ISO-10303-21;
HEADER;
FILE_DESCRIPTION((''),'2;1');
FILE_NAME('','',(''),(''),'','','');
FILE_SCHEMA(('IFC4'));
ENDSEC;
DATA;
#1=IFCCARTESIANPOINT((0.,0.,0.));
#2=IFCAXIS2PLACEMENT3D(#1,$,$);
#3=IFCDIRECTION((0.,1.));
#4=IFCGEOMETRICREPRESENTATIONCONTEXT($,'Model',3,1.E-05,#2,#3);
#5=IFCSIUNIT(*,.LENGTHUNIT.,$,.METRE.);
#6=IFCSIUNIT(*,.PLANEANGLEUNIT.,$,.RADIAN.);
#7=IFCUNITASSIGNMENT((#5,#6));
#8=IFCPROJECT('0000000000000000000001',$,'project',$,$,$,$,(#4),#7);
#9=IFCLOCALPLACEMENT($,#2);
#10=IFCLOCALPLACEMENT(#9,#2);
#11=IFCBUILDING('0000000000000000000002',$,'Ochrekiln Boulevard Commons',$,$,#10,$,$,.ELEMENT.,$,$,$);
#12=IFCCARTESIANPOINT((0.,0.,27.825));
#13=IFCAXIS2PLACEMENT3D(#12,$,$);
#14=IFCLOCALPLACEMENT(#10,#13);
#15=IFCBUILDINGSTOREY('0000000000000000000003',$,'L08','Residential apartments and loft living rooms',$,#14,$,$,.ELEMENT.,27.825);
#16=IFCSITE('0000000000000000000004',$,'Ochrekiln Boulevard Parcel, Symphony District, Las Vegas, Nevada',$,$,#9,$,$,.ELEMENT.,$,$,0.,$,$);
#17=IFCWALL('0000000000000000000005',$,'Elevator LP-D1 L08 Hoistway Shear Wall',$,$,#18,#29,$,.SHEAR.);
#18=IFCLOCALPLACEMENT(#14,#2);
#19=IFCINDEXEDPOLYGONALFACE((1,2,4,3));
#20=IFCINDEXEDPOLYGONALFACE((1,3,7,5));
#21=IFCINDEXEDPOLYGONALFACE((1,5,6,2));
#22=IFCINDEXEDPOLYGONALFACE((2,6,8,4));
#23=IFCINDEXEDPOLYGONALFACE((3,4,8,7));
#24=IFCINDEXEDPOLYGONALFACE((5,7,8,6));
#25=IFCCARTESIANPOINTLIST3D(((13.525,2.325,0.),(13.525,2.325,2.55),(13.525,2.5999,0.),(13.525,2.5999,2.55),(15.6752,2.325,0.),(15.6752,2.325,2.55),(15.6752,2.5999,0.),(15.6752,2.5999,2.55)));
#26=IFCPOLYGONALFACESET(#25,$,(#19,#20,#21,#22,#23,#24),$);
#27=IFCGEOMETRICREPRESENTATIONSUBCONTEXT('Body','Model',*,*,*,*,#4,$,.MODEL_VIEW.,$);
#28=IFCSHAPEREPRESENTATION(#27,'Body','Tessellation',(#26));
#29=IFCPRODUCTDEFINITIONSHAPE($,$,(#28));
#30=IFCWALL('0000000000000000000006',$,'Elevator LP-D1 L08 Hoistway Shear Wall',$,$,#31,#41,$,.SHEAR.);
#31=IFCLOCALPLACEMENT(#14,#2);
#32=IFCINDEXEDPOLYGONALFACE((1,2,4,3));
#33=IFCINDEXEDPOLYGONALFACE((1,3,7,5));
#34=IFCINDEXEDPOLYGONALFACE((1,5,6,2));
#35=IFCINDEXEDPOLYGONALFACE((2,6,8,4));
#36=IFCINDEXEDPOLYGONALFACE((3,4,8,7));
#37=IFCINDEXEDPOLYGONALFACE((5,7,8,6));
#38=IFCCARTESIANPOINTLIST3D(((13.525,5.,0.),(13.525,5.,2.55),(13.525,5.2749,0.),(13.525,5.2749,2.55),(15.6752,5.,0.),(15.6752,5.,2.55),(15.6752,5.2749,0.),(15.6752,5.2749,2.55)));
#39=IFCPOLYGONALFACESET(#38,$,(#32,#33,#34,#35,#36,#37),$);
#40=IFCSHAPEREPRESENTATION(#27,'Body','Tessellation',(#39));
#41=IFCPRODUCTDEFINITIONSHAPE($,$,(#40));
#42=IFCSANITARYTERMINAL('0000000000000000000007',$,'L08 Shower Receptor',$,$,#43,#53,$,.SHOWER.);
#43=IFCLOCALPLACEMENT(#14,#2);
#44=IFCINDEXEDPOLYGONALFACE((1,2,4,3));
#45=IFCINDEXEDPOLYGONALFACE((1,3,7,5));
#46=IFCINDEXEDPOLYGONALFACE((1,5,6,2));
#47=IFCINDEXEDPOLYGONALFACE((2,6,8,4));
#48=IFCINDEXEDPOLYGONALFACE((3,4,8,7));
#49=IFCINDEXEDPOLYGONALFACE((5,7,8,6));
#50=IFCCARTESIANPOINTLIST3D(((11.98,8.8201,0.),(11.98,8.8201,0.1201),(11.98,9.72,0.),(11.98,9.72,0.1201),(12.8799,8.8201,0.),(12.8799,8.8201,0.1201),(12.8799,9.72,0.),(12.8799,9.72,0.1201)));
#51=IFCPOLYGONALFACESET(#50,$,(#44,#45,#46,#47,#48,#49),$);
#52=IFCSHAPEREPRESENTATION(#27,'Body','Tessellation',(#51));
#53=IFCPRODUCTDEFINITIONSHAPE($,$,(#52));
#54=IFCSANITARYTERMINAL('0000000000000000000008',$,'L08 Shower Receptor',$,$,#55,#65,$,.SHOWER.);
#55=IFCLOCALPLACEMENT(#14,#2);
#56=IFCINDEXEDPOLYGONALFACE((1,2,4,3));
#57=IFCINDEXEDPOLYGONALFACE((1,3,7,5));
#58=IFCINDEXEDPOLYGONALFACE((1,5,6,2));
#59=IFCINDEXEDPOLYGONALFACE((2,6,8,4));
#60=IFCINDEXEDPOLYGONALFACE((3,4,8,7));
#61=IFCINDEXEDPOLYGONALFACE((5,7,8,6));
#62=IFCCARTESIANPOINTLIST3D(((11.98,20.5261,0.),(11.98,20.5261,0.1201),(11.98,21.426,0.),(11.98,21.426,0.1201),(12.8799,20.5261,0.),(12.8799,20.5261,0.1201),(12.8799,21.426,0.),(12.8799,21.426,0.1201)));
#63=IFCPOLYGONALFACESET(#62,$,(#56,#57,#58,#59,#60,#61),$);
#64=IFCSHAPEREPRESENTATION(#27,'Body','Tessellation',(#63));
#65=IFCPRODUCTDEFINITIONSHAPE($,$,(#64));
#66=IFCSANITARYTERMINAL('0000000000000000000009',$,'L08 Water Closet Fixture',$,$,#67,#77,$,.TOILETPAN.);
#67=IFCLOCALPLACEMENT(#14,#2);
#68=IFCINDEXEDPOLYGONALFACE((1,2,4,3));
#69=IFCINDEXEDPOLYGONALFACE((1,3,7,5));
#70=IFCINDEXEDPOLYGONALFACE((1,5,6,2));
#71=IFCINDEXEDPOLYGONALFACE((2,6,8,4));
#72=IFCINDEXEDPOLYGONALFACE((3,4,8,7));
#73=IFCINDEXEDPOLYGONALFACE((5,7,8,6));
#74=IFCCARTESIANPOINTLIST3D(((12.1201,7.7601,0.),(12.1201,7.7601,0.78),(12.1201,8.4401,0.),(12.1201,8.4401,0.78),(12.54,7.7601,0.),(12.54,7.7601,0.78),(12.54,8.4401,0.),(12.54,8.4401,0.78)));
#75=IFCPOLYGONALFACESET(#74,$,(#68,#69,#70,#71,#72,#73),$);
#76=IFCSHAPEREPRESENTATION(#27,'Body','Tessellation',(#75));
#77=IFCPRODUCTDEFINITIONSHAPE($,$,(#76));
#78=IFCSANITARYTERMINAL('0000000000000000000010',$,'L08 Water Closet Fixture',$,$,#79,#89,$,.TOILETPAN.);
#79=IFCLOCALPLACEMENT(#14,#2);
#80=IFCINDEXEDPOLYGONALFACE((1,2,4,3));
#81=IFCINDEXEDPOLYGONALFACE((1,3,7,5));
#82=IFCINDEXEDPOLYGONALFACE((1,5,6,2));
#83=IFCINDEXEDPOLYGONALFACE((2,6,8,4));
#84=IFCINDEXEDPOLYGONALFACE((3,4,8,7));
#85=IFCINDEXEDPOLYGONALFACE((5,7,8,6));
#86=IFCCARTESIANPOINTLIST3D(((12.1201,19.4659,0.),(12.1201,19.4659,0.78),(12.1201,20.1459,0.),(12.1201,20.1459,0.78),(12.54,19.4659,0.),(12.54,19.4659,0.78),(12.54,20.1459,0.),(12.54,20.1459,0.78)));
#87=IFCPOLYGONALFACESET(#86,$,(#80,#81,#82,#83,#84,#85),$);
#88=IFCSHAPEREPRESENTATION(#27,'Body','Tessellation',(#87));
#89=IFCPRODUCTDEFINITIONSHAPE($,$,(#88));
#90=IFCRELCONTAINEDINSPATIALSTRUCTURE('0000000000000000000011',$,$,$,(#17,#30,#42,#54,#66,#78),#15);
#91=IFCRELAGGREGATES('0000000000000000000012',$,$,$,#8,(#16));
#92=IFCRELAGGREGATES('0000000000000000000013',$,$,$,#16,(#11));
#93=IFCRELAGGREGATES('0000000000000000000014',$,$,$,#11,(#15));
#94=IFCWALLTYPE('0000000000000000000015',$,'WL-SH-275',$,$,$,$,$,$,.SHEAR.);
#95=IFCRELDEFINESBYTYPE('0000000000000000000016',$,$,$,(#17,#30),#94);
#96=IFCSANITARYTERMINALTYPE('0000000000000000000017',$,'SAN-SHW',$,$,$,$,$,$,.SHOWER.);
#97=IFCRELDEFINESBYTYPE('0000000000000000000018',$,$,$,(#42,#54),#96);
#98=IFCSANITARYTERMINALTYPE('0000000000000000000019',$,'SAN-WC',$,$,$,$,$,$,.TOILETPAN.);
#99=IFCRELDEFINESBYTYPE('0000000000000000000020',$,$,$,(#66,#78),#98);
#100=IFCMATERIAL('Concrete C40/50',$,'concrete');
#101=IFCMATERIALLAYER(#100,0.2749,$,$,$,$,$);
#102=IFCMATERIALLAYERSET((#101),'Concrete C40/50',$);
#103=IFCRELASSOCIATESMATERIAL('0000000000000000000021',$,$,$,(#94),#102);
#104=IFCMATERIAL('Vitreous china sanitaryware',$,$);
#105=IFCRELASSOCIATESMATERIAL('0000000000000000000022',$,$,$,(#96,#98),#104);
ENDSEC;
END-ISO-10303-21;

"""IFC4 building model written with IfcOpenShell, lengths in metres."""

from ifc_helpers import new_model, si_unit, direction, frame, frame_2d, origin, origin_2d, place, context, subcontext, project, spatial, rectangle, extrude, material, layer, layer_set, type_object, element, save


model = new_model("IFC4")

# Units and contexts
model_context = context("Model", 3, precision=1e-05, world=origin(), true_north=direction((0.0, 1.0)))
body_context = subcontext(model_context, "Body", "Model", "MODEL_VIEW")
ifc_project = project(units=[si_unit("LENGTHUNIT", "METRE"), si_unit("PLANEANGLEUNIT", "RADIAN")], contexts=[model_context])

# Site, building, storey
site_placement = place(None, origin())
site = spatial("IfcSite", under=ifc_project, at=site_placement, Name="Ochrekiln Boulevard Parcel, Symphony District, Las Vegas, Nevada", CompositionType="ELEMENT", RefElevation=0.0)
building_placement = place(site_placement, origin())
building = spatial("IfcBuilding", under=site, at=building_placement, Name="Ochrekiln Boulevard Commons", CompositionType="ELEMENT")
storey_placement = place(building_placement, frame((0.0, 0.0, 27.825)))
storey = spatial("IfcBuildingStorey", under=building, at=storey_placement, Name="L08", Description="Residential apartments and loft living rooms", CompositionType="ELEMENT", Elevation=27.825)

# Walls
ifc_material_1 = material(Name="Concrete C40/50", Category="concrete")
ifc_layer_1 = layer(ifc_material_1, 0.2749)
ifc_layer_set_1 = layer_set([ifc_layer_1], Name="Concrete C40/50")
wall_type_1 = type_object("IfcWallType", Name="WL-SH-275", PredefinedType="SHEAR", material=ifc_layer_set_1)
for number, where, z_axis, x_axis, name in (
    (1, (13.5249, 2.4624, 0.0), (0.0, 0.0, 1.0), (1.0, 0.0, 0.0), "Elevator LP-D1 L08 Hoistway Shear Wall"),
    (2, (13.5249, 5.1375, 0.0), (0.0, 0.0, 1.0), (1.0, 0.0, 0.0), "Elevator LP-D1 L08 Hoistway Shear Wall"),
):
    element("IfcWall", number, at=place(storey_placement, frame(where, z_axis=z_axis, x_axis=x_axis)), inside=storey, type_object=wall_type_1, Name=name, PredefinedType="SHEAR", context=body_context, shape_type="SweptSolid", body=[
        extrude(rectangle(XDim=2.1501, YDim=0.2749, at=frame_2d((1.0752, 0.0))), origin(), (0.0, 0.0, 1.0), 2.55),
    ])

# Sanitary terminals
ifc_material_2 = material(Name="Vitreous china sanitaryware")
sanitary_terminal_type_1 = type_object("IfcSanitaryTerminalType", Name="SAN-SHW", PredefinedType="SHOWER", material=ifc_material_2)
for number, where, z_axis, x_axis, name in (
    (3, (12.4299, 9.27, 0.0), (0.0, 0.0, 1.0), (1.0, 0.0, 0.0), "L08 Shower Receptor"),
    (4, (12.4299, 20.9761, 0.0), (0.0, 0.0, 1.0), (1.0, 0.0, 0.0), "L08 Shower Receptor"),
):
    element("IfcSanitaryTerminal", number, at=place(storey_placement, frame(where, z_axis=z_axis, x_axis=x_axis)), inside=storey, type_object=sanitary_terminal_type_1, Name=name, PredefinedType="SHOWER", context=body_context, shape_type="SweptSolid", body=[
        extrude(rectangle(XDim=0.8999, YDim=0.8999, at=origin_2d()), origin(), (0.0, 0.0, 1.0), 0.1201),
    ])
sanitary_terminal_type_2 = type_object("IfcSanitaryTerminalType", Name="SAN-WC", PredefinedType="TOILETPAN", material=ifc_material_2)
for number, where, z_axis, x_axis, name in (
    (5, (12.3301, 8.1001, 0.0), (0.0, 0.0, 1.0), (1.0, 0.0, 0.0), "L08 Water Closet Fixture"),
    (6, (12.3301, 19.8059, 0.0), (0.0, 0.0, 1.0), (1.0, 0.0, 0.0), "L08 Water Closet Fixture"),
):
    element("IfcSanitaryTerminal", number, at=place(storey_placement, frame(where, z_axis=z_axis, x_axis=x_axis)), inside=storey, type_object=sanitary_terminal_type_2, Name=name, PredefinedType="TOILETPAN", context=body_context, shape_type="SweptSolid", body=[
        extrude(rectangle(XDim=0.4199, YDim=0.6799, at=origin_2d()), origin(), (0.0, 0.0, 1.0), 0.78),
    ])

save(model, "model.ifc")
